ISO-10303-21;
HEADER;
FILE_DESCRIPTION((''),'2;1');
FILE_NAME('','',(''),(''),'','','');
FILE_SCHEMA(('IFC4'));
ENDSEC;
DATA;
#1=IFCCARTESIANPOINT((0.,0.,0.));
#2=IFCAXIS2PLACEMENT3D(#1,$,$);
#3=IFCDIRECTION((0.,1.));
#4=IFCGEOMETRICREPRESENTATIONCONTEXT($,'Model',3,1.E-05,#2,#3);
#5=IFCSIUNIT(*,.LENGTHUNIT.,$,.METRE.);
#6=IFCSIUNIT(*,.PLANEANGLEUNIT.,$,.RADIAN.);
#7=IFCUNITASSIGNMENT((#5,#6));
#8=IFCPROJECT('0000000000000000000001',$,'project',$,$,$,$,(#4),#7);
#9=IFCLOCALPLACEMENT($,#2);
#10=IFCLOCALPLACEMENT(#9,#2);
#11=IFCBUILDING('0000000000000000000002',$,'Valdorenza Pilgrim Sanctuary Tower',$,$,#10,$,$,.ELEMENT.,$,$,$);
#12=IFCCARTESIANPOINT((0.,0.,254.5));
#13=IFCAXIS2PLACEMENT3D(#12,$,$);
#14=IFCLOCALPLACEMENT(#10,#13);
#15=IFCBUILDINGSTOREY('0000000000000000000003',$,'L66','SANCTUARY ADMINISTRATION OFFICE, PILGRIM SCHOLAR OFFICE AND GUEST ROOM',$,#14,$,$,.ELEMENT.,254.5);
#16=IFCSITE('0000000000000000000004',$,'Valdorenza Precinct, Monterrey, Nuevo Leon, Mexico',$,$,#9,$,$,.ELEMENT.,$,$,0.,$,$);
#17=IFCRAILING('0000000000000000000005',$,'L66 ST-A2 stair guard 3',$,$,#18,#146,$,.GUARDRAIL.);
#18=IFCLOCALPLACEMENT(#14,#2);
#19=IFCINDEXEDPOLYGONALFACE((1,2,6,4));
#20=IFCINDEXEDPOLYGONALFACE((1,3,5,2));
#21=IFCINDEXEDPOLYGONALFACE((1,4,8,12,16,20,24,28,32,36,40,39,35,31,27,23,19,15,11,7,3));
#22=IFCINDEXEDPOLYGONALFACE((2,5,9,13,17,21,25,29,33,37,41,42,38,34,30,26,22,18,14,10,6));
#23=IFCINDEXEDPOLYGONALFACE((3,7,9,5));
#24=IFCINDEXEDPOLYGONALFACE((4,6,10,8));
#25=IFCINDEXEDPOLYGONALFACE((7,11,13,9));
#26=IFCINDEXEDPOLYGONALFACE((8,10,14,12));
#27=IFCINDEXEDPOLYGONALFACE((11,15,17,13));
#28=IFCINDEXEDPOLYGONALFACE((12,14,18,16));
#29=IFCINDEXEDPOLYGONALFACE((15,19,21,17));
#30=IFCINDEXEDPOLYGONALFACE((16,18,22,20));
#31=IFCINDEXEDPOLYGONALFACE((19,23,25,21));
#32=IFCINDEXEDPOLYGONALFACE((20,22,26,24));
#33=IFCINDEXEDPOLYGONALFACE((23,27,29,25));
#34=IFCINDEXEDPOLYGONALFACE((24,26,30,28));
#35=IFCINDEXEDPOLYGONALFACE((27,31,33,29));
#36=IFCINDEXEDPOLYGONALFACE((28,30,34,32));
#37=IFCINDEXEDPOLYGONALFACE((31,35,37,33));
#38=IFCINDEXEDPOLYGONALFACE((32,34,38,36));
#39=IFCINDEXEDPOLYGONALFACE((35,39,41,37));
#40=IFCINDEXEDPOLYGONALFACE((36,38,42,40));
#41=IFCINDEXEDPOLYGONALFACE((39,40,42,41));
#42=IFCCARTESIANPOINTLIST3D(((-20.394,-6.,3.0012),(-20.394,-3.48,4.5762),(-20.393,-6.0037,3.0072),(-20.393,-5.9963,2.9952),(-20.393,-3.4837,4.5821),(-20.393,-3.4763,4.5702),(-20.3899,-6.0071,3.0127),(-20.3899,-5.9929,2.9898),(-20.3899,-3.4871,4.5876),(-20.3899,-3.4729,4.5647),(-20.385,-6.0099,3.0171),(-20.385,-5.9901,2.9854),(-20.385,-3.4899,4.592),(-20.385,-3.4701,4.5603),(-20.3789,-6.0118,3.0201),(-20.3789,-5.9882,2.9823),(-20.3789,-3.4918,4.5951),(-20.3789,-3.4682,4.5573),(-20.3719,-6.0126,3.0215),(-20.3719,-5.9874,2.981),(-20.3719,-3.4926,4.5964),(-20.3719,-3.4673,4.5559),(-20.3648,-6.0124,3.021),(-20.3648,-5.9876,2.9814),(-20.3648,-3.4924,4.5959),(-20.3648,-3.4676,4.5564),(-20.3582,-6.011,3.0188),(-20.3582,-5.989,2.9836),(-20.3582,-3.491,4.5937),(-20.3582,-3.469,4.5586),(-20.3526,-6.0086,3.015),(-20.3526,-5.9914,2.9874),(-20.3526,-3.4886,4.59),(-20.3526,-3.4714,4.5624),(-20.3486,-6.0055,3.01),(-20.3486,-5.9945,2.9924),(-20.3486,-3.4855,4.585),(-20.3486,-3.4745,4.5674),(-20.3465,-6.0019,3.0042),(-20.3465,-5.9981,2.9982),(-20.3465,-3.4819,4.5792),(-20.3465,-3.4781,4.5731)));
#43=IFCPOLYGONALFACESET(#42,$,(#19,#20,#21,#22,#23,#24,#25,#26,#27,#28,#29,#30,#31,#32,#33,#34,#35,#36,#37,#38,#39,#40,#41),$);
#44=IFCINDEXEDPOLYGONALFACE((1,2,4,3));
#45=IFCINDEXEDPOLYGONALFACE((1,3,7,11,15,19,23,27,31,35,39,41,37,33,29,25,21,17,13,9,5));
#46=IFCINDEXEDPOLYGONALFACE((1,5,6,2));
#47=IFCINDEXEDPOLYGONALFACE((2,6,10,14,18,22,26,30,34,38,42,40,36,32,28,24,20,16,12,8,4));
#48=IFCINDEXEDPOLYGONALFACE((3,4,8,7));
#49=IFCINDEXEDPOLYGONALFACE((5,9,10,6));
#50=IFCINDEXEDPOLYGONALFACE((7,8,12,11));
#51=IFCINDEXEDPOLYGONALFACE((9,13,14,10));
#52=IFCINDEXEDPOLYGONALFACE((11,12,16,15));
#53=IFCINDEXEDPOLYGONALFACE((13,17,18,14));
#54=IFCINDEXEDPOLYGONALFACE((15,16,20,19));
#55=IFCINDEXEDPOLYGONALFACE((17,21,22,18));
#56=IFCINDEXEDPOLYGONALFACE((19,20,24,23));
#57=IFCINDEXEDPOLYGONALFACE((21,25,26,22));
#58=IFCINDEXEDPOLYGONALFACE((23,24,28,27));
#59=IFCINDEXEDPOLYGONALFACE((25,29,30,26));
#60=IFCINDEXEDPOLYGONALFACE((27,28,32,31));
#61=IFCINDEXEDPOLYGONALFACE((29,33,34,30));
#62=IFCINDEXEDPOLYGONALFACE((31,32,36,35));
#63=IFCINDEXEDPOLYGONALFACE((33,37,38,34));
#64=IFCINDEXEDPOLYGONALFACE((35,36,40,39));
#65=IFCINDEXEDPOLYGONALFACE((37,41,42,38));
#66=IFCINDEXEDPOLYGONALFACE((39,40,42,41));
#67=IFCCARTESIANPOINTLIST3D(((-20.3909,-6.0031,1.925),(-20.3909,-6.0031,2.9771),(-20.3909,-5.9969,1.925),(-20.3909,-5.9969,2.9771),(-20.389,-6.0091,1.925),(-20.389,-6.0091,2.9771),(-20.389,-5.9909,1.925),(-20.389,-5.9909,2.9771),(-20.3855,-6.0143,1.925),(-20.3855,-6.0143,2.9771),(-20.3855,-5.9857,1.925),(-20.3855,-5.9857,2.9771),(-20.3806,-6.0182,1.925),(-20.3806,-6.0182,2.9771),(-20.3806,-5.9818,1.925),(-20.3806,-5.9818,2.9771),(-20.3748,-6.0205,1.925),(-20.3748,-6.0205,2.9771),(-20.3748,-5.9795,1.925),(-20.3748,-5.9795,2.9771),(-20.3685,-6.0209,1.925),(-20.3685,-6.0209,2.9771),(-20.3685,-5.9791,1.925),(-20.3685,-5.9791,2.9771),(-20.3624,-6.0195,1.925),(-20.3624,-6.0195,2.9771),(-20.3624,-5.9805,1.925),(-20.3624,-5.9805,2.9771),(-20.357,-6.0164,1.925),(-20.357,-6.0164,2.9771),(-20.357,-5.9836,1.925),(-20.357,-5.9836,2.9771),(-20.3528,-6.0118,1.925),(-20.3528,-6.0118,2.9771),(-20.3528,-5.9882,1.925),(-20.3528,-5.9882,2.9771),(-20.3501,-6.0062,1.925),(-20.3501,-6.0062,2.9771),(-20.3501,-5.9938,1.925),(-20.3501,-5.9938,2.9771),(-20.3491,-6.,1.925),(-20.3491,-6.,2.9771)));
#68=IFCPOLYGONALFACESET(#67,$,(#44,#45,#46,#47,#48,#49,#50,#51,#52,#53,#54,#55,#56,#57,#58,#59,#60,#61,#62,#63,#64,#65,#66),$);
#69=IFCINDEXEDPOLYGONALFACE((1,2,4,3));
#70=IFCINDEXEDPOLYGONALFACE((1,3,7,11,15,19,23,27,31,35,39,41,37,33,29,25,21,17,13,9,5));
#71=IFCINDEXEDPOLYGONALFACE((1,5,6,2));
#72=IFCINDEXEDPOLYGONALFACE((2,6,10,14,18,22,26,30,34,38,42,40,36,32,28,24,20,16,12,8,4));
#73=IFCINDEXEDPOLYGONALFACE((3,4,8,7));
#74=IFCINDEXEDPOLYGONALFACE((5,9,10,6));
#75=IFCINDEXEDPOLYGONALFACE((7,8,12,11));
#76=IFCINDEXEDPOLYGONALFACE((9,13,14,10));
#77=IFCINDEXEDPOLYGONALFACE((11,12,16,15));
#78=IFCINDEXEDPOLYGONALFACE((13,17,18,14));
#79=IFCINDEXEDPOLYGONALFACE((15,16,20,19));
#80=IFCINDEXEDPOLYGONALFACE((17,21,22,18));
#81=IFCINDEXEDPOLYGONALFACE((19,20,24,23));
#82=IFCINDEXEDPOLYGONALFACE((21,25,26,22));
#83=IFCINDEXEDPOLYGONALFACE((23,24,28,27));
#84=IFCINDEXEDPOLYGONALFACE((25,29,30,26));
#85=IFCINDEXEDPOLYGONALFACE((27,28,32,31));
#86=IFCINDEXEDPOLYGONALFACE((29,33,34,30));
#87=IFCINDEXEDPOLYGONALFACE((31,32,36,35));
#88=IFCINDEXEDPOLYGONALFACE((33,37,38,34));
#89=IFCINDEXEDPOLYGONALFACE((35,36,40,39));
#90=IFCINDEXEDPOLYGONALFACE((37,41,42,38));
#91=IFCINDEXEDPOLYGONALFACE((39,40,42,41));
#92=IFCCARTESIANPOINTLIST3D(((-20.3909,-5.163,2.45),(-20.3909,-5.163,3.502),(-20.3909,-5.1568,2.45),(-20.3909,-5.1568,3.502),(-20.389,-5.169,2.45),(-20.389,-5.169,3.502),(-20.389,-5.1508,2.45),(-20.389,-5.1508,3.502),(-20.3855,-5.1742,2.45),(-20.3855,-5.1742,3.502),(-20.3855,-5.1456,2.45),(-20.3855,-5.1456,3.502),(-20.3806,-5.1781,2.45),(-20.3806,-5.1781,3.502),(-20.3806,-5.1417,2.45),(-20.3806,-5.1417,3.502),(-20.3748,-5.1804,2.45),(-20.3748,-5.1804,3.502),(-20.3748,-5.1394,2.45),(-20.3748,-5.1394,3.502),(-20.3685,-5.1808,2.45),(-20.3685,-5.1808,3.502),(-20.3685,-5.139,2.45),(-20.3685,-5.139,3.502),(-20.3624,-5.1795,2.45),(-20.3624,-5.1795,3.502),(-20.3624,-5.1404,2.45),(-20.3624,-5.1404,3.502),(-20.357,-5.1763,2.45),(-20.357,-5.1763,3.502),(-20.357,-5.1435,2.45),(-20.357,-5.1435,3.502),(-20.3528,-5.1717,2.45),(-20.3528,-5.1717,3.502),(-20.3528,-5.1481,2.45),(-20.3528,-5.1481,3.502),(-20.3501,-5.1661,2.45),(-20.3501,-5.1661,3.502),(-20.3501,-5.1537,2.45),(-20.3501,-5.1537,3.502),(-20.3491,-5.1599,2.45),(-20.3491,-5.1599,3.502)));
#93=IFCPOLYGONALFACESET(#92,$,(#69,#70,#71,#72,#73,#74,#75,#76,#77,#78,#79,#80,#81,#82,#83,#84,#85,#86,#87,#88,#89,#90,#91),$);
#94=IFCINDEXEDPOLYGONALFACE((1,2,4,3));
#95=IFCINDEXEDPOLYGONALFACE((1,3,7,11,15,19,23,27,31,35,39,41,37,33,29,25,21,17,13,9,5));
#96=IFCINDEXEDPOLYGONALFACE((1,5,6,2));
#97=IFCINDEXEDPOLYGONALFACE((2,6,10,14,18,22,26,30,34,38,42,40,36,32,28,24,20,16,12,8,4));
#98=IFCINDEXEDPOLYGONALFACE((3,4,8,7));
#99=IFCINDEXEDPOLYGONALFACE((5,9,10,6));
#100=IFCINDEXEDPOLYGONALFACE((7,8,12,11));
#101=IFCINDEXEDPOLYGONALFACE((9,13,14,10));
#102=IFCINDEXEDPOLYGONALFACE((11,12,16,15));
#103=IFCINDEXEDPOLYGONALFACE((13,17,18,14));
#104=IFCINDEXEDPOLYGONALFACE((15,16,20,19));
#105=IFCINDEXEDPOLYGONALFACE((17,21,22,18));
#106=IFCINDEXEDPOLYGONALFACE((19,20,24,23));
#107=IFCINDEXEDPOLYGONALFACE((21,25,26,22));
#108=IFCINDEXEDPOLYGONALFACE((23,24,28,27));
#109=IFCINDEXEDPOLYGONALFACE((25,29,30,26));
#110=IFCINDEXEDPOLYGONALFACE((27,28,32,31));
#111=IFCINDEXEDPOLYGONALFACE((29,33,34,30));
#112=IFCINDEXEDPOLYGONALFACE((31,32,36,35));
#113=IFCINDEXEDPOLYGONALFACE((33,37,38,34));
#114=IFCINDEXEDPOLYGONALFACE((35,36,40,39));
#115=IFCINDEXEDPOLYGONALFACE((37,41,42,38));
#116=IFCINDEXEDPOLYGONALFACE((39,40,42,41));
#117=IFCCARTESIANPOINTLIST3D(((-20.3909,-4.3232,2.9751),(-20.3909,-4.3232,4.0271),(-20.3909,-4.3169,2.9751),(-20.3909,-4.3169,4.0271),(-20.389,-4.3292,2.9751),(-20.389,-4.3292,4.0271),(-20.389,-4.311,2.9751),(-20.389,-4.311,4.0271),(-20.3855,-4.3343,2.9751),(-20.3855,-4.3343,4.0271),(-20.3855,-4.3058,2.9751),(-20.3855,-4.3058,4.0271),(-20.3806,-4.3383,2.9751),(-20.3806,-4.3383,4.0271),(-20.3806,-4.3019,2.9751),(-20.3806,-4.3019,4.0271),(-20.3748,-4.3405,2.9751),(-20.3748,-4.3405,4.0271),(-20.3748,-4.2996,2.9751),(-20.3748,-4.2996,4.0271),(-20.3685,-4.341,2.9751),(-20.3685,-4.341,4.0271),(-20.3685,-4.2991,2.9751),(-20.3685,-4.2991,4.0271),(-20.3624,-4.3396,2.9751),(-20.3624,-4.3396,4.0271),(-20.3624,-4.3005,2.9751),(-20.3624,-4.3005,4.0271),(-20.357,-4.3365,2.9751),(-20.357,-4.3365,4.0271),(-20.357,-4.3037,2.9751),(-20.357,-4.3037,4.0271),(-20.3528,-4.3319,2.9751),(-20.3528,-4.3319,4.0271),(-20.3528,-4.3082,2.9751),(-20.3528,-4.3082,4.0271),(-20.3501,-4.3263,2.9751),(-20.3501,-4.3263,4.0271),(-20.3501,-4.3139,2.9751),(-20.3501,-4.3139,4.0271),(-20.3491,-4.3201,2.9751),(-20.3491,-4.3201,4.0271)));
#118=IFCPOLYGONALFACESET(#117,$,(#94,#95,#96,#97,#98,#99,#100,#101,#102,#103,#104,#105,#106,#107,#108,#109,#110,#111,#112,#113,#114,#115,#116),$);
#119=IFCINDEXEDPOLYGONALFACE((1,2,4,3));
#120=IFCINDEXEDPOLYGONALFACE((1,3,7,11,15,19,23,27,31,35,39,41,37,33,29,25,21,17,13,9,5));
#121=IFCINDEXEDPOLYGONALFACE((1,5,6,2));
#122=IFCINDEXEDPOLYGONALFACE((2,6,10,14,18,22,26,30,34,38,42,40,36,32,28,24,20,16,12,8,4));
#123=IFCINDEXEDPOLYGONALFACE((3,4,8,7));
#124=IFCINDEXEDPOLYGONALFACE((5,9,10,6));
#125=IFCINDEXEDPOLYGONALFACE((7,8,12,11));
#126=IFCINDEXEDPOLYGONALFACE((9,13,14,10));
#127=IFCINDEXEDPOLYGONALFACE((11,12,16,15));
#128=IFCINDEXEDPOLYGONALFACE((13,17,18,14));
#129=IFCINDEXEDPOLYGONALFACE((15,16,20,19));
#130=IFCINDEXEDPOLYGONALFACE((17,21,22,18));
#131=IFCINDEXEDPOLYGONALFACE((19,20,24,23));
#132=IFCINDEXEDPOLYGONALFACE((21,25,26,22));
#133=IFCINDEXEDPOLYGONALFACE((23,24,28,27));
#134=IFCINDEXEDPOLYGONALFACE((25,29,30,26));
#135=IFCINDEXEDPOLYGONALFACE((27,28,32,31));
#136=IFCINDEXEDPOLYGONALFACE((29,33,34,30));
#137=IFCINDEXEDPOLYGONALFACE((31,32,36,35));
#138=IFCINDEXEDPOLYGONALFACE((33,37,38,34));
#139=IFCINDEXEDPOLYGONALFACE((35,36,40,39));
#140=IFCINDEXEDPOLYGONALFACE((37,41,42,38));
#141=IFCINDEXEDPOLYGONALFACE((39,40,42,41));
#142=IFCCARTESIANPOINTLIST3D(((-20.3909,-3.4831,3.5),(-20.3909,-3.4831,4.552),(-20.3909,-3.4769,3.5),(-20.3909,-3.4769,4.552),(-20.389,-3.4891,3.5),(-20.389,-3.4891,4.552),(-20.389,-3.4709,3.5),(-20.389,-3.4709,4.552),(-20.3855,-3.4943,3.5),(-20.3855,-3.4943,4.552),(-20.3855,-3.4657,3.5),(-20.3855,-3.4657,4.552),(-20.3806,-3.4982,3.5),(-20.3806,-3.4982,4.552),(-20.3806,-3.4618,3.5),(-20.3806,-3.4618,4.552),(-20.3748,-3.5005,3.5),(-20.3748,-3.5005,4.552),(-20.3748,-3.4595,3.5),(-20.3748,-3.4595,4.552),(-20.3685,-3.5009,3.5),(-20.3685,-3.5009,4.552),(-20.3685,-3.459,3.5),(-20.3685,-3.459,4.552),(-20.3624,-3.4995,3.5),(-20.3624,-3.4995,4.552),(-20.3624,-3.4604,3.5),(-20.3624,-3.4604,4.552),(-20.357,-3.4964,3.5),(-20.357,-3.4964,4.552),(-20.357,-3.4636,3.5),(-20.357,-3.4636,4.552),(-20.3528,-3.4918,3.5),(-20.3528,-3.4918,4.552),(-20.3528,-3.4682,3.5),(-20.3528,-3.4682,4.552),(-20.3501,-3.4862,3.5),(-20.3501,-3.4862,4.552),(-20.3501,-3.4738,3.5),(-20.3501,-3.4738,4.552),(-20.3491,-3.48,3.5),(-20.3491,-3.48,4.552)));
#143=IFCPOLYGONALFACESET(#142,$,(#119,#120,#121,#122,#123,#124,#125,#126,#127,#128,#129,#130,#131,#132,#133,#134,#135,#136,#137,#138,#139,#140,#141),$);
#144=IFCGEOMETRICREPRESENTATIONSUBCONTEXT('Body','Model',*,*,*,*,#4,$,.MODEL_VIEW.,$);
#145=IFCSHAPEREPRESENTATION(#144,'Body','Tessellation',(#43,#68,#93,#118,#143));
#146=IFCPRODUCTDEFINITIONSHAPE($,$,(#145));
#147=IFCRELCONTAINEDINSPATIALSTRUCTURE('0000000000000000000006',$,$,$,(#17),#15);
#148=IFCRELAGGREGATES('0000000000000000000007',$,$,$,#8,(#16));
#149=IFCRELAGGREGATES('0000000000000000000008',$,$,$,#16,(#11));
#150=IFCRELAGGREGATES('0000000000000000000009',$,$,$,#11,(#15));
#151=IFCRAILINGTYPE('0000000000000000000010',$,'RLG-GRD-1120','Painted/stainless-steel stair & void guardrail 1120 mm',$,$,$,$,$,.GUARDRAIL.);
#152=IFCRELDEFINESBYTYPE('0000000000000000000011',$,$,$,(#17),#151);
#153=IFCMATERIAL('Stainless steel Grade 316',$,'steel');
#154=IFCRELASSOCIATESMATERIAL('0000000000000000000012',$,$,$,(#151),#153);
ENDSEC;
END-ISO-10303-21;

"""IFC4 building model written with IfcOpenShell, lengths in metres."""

from ifc_helpers import new_model, si_unit, direction, frame, origin, origin_2d, place, context, subcontext, project, spatial, circle, extrude, material, type_object, element, save


model = new_model("IFC4")

# Units and contexts
model_context = context("Model", 3, precision=1e-05, world=origin(), true_north=direction((0.0, 1.0)))
body_context = subcontext(model_context, "Body", "Model", "MODEL_VIEW")
ifc_project = project(units=[si_unit("LENGTHUNIT", "METRE"), si_unit("PLANEANGLEUNIT", "RADIAN")], contexts=[model_context])

# Site, building, storey
site_placement = place(None, origin())
site = spatial("IfcSite", under=ifc_project, at=site_placement, Name="Valdorenza Precinct, Monterrey, Nuevo Leon, Mexico", CompositionType="ELEMENT", RefElevation=0.0)
building_placement = place(site_placement, origin())
building = spatial("IfcBuilding", under=site, at=building_placement, Name="Valdorenza Pilgrim Sanctuary Tower", CompositionType="ELEMENT")
storey_placement = place(building_placement, frame((0.0, 0.0, 254.5)))
storey = spatial("IfcBuildingStorey", under=building, at=storey_placement, Name="L66", Description="SANCTUARY ADMINISTRATION OFFICE, PILGRIM SCHOLAR OFFICE AND GUEST ROOM", CompositionType="ELEMENT", Elevation=254.5)

# Railing
ifc_material_1 = material(Name="Stainless steel Grade 316", Category="steel")
railing_type_1 = type_object("IfcRailingType", Name="RLG-GRD-1120", Description="Painted/stainless-steel stair & void guardrail 1120 mm", PredefinedType="GUARDRAIL", material=ifc_material_1)
railing_1_placement = place(storey_placement, frame((-20.3701, -6.0, 1.925)))
element("IfcRailing", 1, at=railing_1_placement, inside=storey, type_object=railing_type_1, Name="L66 ST-A2 stair guard 3", PredefinedType="GUARDRAIL", context=body_context, shape_type="SweptSolid", body=[
    extrude(circle(Radius=0.0239, at=origin_2d()), frame((0.0, 0.0, 1.0762), z_axis=(0.0, 0.848008, 0.529984), x_axis=(-1.0, 0.0, 0.0)), (0.0, 0.0, 1.0), 2.9717),
    extrude(circle(Radius=0.021, at=origin_2d()), origin(), (0.0, 0.0, 1.0), 1.052),
    extrude(circle(Radius=0.021, at=origin_2d()), frame((0.0, 0.8401, 0.5249)), (0.0, 0.0, 1.0), 1.052),
    extrude(circle(Radius=0.021, at=origin_2d()), frame((0.0, 1.6799, 1.05)), (0.0, 0.0, 1.0), 1.052),
    extrude(circle(Radius=0.021, at=origin_2d()), frame((0.0, 2.52, 1.575)), (0.0, 0.0, 1.0), 1.052),
])

save(model, "model.ifc")
